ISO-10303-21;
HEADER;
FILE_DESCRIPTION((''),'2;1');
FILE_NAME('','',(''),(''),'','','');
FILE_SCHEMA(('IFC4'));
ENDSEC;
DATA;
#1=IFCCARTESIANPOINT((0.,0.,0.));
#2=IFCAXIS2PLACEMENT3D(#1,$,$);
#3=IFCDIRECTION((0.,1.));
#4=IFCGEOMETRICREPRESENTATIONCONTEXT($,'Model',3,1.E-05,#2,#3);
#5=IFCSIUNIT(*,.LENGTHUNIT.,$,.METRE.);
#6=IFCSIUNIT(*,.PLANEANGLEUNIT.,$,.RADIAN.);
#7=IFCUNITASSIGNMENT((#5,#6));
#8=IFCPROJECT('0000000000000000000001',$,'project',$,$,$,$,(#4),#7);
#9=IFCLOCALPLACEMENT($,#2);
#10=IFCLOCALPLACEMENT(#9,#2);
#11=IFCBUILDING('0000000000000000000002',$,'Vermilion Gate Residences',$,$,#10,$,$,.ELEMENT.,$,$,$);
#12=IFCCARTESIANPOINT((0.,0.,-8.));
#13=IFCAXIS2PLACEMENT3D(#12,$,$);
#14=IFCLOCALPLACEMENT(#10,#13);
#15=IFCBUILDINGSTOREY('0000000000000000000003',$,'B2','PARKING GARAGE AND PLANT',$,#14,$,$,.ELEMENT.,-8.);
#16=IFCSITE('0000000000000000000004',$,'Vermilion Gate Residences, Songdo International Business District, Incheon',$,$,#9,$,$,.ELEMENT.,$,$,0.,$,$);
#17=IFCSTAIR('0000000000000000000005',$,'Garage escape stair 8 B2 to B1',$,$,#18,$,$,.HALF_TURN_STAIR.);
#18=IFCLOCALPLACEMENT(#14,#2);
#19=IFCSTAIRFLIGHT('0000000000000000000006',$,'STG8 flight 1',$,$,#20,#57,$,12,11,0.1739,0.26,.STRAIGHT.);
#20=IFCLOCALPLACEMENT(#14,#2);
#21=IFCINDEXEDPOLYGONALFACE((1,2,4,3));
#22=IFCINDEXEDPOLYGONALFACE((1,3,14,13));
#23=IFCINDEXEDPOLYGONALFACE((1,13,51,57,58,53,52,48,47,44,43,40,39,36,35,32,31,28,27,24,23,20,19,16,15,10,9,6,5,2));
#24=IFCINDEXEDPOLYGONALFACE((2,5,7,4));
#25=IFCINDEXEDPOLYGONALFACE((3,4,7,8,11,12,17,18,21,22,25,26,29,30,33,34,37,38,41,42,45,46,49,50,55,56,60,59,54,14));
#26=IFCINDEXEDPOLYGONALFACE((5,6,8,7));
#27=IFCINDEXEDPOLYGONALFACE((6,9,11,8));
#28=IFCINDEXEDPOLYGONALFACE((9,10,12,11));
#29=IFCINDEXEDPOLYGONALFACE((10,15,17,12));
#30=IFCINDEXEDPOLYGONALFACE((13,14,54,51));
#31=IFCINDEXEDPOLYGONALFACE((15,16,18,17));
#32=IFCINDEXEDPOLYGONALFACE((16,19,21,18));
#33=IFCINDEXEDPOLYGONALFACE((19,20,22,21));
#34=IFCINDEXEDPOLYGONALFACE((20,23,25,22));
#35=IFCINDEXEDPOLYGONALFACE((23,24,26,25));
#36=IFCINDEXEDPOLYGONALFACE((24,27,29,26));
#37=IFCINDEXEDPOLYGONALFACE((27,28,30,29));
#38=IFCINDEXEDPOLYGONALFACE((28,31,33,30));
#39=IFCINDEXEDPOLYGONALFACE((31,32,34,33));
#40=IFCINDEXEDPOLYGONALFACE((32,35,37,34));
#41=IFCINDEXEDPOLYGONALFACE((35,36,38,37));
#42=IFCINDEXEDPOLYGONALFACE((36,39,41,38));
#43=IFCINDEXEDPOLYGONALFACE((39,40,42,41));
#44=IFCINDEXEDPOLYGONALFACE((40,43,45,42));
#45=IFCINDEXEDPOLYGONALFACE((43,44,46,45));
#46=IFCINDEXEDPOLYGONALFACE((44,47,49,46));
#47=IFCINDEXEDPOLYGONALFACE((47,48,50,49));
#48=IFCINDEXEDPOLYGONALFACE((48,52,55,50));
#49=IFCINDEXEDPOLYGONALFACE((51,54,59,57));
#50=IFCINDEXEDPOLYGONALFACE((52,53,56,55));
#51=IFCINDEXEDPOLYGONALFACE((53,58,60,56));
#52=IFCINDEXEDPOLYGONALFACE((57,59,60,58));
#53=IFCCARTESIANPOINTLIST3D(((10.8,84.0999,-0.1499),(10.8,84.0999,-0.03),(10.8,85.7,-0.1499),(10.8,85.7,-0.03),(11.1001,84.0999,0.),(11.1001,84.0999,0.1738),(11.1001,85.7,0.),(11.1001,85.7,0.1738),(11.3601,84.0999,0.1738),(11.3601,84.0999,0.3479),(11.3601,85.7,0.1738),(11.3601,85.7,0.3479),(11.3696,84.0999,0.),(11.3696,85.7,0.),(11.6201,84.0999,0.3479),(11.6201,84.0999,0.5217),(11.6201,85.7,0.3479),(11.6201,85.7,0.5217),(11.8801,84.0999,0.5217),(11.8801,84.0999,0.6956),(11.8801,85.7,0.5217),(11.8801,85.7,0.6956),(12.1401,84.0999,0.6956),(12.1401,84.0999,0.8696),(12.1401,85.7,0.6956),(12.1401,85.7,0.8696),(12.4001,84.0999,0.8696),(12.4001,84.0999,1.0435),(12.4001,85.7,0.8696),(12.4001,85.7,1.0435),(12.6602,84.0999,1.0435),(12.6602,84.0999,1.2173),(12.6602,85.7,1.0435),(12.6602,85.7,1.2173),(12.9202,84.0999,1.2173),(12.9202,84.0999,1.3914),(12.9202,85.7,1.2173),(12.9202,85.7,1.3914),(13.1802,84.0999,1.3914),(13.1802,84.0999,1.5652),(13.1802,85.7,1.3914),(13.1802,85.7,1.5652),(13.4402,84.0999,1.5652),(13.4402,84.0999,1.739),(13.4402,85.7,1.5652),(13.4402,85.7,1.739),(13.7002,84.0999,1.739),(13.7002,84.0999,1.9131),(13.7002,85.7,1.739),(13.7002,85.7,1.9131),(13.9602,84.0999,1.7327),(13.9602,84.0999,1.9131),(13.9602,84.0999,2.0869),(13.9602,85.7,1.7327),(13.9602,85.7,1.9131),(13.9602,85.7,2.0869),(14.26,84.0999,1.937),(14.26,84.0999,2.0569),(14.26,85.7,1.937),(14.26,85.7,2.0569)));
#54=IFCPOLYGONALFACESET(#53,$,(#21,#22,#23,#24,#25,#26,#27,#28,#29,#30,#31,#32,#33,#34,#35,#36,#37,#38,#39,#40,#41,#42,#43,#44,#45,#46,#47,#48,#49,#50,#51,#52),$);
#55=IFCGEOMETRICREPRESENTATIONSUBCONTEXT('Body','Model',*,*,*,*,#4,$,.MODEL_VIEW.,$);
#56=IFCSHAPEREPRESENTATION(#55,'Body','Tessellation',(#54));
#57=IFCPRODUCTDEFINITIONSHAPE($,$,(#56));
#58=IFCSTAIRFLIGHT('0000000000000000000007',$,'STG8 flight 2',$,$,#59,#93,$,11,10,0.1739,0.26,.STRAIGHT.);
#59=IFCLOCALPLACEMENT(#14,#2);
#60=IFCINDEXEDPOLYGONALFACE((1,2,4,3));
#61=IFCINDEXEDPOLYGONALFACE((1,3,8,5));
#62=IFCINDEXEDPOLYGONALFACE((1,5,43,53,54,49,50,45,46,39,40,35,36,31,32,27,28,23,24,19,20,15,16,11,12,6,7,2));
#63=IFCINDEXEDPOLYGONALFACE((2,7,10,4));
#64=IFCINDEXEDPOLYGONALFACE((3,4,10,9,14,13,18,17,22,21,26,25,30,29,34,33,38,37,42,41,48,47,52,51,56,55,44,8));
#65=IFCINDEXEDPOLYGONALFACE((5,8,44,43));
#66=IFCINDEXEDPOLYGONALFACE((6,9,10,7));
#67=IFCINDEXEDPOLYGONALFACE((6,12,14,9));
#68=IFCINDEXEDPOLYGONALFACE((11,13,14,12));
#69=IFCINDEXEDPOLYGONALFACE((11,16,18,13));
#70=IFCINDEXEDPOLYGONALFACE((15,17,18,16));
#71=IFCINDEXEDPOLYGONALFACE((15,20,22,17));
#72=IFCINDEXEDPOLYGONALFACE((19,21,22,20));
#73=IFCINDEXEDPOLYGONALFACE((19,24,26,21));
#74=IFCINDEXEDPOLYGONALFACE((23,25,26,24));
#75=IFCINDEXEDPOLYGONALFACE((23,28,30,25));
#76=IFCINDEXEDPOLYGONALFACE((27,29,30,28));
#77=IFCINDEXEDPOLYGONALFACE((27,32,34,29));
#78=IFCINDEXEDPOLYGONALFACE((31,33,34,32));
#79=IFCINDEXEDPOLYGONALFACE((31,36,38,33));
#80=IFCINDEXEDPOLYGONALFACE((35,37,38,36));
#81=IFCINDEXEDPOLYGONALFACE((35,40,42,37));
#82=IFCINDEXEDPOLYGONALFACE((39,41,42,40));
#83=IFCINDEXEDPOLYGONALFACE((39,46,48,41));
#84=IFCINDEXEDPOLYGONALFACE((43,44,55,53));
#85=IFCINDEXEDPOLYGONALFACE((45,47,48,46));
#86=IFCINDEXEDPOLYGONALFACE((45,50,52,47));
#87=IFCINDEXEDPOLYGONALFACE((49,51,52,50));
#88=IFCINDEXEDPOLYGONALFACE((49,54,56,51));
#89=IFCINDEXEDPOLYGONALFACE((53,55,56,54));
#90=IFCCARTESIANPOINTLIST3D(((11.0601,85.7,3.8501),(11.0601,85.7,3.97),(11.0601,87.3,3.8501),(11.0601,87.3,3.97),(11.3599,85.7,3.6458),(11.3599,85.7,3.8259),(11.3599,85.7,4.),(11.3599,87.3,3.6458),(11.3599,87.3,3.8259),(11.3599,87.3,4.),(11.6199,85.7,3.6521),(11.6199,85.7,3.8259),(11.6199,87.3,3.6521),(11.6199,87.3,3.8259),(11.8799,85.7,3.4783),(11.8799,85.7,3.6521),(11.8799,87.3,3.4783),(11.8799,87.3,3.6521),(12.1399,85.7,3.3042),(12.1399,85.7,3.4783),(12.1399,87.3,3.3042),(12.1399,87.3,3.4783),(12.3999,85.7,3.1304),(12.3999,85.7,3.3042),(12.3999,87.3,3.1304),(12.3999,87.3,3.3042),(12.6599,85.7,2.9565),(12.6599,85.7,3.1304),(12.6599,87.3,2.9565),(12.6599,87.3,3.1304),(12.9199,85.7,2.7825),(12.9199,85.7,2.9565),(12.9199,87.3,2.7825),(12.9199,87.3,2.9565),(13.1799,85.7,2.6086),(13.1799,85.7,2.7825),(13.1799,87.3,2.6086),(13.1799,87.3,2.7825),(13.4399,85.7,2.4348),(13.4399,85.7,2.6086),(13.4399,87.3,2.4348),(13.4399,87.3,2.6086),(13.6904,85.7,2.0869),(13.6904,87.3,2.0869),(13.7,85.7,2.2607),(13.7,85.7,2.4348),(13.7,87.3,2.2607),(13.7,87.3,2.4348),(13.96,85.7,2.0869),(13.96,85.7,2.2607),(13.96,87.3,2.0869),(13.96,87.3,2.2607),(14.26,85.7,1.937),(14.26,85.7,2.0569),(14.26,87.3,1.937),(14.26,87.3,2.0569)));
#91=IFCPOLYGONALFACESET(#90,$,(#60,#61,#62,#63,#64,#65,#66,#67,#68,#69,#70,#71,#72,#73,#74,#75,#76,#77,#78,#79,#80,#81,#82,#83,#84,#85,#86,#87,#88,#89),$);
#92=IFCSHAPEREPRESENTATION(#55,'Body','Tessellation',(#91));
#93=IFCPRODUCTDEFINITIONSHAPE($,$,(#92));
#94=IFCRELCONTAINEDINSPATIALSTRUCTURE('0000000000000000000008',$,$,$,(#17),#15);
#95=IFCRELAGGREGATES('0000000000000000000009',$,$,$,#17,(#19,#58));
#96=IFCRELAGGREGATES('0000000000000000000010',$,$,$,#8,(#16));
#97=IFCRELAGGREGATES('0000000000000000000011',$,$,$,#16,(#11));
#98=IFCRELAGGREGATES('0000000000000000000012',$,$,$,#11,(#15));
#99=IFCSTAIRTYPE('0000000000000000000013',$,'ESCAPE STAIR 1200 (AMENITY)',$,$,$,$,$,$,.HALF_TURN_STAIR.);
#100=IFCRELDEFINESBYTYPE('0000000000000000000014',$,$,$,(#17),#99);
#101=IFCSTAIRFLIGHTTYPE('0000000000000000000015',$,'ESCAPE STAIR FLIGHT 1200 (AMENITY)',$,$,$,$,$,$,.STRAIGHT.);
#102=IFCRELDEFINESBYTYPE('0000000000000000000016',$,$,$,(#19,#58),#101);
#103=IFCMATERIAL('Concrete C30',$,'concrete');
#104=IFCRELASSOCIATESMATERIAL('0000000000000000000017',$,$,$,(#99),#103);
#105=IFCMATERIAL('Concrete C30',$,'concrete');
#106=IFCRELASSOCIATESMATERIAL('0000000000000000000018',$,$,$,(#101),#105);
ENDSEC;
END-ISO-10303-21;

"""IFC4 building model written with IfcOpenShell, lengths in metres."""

from ifc_helpers import new_model, si_unit, direction, frame, origin, place, context, subcontext, project, spatial, polyline, outline, extrude, material, type_object, element, aggregate, save


model = new_model("IFC4")

# Units and contexts
model_context = context("Model", 3, precision=1e-05, world=origin(), true_north=direction((0.0, 1.0)))
body_context = subcontext(model_context, "Body", "Model", "MODEL_VIEW")
ifc_project = project(units=[si_unit("LENGTHUNIT", "METRE"), si_unit("PLANEANGLEUNIT", "RADIAN")], contexts=[model_context])

# Site, building, storey
site_placement = place(None, origin())
site = spatial("IfcSite", under=ifc_project, at=site_placement, Name="Vermilion Gate Residences, Songdo International Business District, Incheon", CompositionType="ELEMENT", RefElevation=0.0)
building_placement = place(site_placement, origin())
building = spatial("IfcBuilding", under=site, at=building_placement, Name="Vermilion Gate Residences", CompositionType="ELEMENT")
storey_placement = place(building_placement, frame((0.0, 0.0, -8.0)))
storey = spatial("IfcBuildingStorey", under=building, at=storey_placement, Name="B2", Description="PARKING GARAGE AND PLANT", CompositionType="ELEMENT", Elevation=-8.0)

# Stair, stair flights
ifc_material_1 = material(Name="Concrete C30", Category="concrete")
stair_type = type_object("IfcStairType", Name="ESCAPE STAIR 1200 (AMENITY)", PredefinedType="HALF_TURN_STAIR", material=ifc_material_1)
stair_placement = place(storey_placement, origin())
stair = element("IfcStair", 1, at=stair_placement, inside=storey, type_object=stair_type, Name="Garage escape stair 8 B2 to B1", PredefinedType="HALF_TURN_STAIR")
ifc_material_2 = material(Name="Concrete C30", Category="concrete")
stair_flight_type = type_object("IfcStairFlightType", Name="ESCAPE STAIR FLIGHT 1200 (AMENITY)", PredefinedType="STRAIGHT", material=ifc_material_2)
stair_flight_1_placement = place(storey_placement, frame((11.1001, 84.8999, 0.0), z_axis=(0.0, 0.0, 1.0), x_axis=(1.0, 0.0, 0.0)))
stair_flight_1 = element("IfcStairFlight", 2, at=stair_flight_1_placement, type_object=stair_flight_type, Name="STG8 flight 1", NumberOfRisers=12, NumberOfTreads=11, PredefinedType="STRAIGHT", RiserHeight=0.1739, TreadLength=0.26, context=body_context, shape_type="SweptSolid", body=[
    extrude(outline(polyline([(-0.3, -0.1499), (-0.3, -0.03), (0.0, 0.0), (0.0, 0.1738), (0.26, 0.1738), (0.26, 0.3479), (0.52, 0.3479), (0.52, 0.5217), (0.78, 0.5217), (0.78, 0.6956), (1.04, 0.6956), (1.04, 0.8696), (1.3, 0.8696), (1.3, 1.0435), (1.5601, 1.0435), (1.5601, 1.2173), (1.8201, 1.2173), (1.8201, 1.3914), (2.0801, 1.3914), (2.0801, 1.5652), (2.3401, 1.5652), (2.3401, 1.739), (2.6001, 1.739), (2.6001, 1.9131), (2.8601, 1.9131), (2.8601, 2.0869), (3.1599, 2.0569), (3.1599, 1.937), (2.8601, 1.7327), (0.2695, 0.0), (-0.3, -0.1499)])), frame((0.0, 0.8, 0.0), z_axis=(0.0, -1.0, 0.0), x_axis=(1.0, 0.0, 0.0)), (0.0, 0.0, 1.0), 1.6001),
])
stair_flight_2_placement = place(storey_placement, frame((13.96, 86.5, 2.0869), z_axis=(0.0, 0.0, 1.0), x_axis=(-1.0, 0.0, 0.0)))
stair_flight_2 = element("IfcStairFlight", 3, at=stair_flight_2_placement, type_object=stair_flight_type, Name="STG8 flight 2", NumberOfRisers=11, NumberOfTreads=10, PredefinedType="STRAIGHT", RiserHeight=0.1739, TreadLength=0.26, context=body_context, shape_type="SweptSolid", body=[
    extrude(outline(polyline([(-0.3, -0.1499), (-0.3, -0.03), (0.0, 0.0), (0.0, 0.1738), (0.26, 0.1738), (0.26, 0.3479), (0.52, 0.3479), (0.52, 0.5217), (0.78, 0.5217), (0.78, 0.6956), (1.04, 0.6956), (1.04, 0.8696), (1.3, 0.8696), (1.3, 1.0435), (1.5601, 1.0435), (1.5601, 1.2173), (1.8201, 1.2173), (1.8201, 1.3914), (2.0801, 1.3914), (2.0801, 1.5652), (2.3401, 1.5652), (2.3401, 1.739), (2.6001, 1.739), (2.6001, 1.9131), (2.8999, 1.8831), (2.8999, 1.7632), (2.6001, 1.5588), (0.2695, 0.0), (-0.3, -0.1499)])), frame((0.0, 0.8, 0.0), z_axis=(0.0, -1.0, 0.0), x_axis=(1.0, 0.0, 0.0)), (0.0, 0.0, 1.0), 1.6001),
])
aggregate(stair, [stair_flight_1, stair_flight_2])

save(model, "model.ifc")
